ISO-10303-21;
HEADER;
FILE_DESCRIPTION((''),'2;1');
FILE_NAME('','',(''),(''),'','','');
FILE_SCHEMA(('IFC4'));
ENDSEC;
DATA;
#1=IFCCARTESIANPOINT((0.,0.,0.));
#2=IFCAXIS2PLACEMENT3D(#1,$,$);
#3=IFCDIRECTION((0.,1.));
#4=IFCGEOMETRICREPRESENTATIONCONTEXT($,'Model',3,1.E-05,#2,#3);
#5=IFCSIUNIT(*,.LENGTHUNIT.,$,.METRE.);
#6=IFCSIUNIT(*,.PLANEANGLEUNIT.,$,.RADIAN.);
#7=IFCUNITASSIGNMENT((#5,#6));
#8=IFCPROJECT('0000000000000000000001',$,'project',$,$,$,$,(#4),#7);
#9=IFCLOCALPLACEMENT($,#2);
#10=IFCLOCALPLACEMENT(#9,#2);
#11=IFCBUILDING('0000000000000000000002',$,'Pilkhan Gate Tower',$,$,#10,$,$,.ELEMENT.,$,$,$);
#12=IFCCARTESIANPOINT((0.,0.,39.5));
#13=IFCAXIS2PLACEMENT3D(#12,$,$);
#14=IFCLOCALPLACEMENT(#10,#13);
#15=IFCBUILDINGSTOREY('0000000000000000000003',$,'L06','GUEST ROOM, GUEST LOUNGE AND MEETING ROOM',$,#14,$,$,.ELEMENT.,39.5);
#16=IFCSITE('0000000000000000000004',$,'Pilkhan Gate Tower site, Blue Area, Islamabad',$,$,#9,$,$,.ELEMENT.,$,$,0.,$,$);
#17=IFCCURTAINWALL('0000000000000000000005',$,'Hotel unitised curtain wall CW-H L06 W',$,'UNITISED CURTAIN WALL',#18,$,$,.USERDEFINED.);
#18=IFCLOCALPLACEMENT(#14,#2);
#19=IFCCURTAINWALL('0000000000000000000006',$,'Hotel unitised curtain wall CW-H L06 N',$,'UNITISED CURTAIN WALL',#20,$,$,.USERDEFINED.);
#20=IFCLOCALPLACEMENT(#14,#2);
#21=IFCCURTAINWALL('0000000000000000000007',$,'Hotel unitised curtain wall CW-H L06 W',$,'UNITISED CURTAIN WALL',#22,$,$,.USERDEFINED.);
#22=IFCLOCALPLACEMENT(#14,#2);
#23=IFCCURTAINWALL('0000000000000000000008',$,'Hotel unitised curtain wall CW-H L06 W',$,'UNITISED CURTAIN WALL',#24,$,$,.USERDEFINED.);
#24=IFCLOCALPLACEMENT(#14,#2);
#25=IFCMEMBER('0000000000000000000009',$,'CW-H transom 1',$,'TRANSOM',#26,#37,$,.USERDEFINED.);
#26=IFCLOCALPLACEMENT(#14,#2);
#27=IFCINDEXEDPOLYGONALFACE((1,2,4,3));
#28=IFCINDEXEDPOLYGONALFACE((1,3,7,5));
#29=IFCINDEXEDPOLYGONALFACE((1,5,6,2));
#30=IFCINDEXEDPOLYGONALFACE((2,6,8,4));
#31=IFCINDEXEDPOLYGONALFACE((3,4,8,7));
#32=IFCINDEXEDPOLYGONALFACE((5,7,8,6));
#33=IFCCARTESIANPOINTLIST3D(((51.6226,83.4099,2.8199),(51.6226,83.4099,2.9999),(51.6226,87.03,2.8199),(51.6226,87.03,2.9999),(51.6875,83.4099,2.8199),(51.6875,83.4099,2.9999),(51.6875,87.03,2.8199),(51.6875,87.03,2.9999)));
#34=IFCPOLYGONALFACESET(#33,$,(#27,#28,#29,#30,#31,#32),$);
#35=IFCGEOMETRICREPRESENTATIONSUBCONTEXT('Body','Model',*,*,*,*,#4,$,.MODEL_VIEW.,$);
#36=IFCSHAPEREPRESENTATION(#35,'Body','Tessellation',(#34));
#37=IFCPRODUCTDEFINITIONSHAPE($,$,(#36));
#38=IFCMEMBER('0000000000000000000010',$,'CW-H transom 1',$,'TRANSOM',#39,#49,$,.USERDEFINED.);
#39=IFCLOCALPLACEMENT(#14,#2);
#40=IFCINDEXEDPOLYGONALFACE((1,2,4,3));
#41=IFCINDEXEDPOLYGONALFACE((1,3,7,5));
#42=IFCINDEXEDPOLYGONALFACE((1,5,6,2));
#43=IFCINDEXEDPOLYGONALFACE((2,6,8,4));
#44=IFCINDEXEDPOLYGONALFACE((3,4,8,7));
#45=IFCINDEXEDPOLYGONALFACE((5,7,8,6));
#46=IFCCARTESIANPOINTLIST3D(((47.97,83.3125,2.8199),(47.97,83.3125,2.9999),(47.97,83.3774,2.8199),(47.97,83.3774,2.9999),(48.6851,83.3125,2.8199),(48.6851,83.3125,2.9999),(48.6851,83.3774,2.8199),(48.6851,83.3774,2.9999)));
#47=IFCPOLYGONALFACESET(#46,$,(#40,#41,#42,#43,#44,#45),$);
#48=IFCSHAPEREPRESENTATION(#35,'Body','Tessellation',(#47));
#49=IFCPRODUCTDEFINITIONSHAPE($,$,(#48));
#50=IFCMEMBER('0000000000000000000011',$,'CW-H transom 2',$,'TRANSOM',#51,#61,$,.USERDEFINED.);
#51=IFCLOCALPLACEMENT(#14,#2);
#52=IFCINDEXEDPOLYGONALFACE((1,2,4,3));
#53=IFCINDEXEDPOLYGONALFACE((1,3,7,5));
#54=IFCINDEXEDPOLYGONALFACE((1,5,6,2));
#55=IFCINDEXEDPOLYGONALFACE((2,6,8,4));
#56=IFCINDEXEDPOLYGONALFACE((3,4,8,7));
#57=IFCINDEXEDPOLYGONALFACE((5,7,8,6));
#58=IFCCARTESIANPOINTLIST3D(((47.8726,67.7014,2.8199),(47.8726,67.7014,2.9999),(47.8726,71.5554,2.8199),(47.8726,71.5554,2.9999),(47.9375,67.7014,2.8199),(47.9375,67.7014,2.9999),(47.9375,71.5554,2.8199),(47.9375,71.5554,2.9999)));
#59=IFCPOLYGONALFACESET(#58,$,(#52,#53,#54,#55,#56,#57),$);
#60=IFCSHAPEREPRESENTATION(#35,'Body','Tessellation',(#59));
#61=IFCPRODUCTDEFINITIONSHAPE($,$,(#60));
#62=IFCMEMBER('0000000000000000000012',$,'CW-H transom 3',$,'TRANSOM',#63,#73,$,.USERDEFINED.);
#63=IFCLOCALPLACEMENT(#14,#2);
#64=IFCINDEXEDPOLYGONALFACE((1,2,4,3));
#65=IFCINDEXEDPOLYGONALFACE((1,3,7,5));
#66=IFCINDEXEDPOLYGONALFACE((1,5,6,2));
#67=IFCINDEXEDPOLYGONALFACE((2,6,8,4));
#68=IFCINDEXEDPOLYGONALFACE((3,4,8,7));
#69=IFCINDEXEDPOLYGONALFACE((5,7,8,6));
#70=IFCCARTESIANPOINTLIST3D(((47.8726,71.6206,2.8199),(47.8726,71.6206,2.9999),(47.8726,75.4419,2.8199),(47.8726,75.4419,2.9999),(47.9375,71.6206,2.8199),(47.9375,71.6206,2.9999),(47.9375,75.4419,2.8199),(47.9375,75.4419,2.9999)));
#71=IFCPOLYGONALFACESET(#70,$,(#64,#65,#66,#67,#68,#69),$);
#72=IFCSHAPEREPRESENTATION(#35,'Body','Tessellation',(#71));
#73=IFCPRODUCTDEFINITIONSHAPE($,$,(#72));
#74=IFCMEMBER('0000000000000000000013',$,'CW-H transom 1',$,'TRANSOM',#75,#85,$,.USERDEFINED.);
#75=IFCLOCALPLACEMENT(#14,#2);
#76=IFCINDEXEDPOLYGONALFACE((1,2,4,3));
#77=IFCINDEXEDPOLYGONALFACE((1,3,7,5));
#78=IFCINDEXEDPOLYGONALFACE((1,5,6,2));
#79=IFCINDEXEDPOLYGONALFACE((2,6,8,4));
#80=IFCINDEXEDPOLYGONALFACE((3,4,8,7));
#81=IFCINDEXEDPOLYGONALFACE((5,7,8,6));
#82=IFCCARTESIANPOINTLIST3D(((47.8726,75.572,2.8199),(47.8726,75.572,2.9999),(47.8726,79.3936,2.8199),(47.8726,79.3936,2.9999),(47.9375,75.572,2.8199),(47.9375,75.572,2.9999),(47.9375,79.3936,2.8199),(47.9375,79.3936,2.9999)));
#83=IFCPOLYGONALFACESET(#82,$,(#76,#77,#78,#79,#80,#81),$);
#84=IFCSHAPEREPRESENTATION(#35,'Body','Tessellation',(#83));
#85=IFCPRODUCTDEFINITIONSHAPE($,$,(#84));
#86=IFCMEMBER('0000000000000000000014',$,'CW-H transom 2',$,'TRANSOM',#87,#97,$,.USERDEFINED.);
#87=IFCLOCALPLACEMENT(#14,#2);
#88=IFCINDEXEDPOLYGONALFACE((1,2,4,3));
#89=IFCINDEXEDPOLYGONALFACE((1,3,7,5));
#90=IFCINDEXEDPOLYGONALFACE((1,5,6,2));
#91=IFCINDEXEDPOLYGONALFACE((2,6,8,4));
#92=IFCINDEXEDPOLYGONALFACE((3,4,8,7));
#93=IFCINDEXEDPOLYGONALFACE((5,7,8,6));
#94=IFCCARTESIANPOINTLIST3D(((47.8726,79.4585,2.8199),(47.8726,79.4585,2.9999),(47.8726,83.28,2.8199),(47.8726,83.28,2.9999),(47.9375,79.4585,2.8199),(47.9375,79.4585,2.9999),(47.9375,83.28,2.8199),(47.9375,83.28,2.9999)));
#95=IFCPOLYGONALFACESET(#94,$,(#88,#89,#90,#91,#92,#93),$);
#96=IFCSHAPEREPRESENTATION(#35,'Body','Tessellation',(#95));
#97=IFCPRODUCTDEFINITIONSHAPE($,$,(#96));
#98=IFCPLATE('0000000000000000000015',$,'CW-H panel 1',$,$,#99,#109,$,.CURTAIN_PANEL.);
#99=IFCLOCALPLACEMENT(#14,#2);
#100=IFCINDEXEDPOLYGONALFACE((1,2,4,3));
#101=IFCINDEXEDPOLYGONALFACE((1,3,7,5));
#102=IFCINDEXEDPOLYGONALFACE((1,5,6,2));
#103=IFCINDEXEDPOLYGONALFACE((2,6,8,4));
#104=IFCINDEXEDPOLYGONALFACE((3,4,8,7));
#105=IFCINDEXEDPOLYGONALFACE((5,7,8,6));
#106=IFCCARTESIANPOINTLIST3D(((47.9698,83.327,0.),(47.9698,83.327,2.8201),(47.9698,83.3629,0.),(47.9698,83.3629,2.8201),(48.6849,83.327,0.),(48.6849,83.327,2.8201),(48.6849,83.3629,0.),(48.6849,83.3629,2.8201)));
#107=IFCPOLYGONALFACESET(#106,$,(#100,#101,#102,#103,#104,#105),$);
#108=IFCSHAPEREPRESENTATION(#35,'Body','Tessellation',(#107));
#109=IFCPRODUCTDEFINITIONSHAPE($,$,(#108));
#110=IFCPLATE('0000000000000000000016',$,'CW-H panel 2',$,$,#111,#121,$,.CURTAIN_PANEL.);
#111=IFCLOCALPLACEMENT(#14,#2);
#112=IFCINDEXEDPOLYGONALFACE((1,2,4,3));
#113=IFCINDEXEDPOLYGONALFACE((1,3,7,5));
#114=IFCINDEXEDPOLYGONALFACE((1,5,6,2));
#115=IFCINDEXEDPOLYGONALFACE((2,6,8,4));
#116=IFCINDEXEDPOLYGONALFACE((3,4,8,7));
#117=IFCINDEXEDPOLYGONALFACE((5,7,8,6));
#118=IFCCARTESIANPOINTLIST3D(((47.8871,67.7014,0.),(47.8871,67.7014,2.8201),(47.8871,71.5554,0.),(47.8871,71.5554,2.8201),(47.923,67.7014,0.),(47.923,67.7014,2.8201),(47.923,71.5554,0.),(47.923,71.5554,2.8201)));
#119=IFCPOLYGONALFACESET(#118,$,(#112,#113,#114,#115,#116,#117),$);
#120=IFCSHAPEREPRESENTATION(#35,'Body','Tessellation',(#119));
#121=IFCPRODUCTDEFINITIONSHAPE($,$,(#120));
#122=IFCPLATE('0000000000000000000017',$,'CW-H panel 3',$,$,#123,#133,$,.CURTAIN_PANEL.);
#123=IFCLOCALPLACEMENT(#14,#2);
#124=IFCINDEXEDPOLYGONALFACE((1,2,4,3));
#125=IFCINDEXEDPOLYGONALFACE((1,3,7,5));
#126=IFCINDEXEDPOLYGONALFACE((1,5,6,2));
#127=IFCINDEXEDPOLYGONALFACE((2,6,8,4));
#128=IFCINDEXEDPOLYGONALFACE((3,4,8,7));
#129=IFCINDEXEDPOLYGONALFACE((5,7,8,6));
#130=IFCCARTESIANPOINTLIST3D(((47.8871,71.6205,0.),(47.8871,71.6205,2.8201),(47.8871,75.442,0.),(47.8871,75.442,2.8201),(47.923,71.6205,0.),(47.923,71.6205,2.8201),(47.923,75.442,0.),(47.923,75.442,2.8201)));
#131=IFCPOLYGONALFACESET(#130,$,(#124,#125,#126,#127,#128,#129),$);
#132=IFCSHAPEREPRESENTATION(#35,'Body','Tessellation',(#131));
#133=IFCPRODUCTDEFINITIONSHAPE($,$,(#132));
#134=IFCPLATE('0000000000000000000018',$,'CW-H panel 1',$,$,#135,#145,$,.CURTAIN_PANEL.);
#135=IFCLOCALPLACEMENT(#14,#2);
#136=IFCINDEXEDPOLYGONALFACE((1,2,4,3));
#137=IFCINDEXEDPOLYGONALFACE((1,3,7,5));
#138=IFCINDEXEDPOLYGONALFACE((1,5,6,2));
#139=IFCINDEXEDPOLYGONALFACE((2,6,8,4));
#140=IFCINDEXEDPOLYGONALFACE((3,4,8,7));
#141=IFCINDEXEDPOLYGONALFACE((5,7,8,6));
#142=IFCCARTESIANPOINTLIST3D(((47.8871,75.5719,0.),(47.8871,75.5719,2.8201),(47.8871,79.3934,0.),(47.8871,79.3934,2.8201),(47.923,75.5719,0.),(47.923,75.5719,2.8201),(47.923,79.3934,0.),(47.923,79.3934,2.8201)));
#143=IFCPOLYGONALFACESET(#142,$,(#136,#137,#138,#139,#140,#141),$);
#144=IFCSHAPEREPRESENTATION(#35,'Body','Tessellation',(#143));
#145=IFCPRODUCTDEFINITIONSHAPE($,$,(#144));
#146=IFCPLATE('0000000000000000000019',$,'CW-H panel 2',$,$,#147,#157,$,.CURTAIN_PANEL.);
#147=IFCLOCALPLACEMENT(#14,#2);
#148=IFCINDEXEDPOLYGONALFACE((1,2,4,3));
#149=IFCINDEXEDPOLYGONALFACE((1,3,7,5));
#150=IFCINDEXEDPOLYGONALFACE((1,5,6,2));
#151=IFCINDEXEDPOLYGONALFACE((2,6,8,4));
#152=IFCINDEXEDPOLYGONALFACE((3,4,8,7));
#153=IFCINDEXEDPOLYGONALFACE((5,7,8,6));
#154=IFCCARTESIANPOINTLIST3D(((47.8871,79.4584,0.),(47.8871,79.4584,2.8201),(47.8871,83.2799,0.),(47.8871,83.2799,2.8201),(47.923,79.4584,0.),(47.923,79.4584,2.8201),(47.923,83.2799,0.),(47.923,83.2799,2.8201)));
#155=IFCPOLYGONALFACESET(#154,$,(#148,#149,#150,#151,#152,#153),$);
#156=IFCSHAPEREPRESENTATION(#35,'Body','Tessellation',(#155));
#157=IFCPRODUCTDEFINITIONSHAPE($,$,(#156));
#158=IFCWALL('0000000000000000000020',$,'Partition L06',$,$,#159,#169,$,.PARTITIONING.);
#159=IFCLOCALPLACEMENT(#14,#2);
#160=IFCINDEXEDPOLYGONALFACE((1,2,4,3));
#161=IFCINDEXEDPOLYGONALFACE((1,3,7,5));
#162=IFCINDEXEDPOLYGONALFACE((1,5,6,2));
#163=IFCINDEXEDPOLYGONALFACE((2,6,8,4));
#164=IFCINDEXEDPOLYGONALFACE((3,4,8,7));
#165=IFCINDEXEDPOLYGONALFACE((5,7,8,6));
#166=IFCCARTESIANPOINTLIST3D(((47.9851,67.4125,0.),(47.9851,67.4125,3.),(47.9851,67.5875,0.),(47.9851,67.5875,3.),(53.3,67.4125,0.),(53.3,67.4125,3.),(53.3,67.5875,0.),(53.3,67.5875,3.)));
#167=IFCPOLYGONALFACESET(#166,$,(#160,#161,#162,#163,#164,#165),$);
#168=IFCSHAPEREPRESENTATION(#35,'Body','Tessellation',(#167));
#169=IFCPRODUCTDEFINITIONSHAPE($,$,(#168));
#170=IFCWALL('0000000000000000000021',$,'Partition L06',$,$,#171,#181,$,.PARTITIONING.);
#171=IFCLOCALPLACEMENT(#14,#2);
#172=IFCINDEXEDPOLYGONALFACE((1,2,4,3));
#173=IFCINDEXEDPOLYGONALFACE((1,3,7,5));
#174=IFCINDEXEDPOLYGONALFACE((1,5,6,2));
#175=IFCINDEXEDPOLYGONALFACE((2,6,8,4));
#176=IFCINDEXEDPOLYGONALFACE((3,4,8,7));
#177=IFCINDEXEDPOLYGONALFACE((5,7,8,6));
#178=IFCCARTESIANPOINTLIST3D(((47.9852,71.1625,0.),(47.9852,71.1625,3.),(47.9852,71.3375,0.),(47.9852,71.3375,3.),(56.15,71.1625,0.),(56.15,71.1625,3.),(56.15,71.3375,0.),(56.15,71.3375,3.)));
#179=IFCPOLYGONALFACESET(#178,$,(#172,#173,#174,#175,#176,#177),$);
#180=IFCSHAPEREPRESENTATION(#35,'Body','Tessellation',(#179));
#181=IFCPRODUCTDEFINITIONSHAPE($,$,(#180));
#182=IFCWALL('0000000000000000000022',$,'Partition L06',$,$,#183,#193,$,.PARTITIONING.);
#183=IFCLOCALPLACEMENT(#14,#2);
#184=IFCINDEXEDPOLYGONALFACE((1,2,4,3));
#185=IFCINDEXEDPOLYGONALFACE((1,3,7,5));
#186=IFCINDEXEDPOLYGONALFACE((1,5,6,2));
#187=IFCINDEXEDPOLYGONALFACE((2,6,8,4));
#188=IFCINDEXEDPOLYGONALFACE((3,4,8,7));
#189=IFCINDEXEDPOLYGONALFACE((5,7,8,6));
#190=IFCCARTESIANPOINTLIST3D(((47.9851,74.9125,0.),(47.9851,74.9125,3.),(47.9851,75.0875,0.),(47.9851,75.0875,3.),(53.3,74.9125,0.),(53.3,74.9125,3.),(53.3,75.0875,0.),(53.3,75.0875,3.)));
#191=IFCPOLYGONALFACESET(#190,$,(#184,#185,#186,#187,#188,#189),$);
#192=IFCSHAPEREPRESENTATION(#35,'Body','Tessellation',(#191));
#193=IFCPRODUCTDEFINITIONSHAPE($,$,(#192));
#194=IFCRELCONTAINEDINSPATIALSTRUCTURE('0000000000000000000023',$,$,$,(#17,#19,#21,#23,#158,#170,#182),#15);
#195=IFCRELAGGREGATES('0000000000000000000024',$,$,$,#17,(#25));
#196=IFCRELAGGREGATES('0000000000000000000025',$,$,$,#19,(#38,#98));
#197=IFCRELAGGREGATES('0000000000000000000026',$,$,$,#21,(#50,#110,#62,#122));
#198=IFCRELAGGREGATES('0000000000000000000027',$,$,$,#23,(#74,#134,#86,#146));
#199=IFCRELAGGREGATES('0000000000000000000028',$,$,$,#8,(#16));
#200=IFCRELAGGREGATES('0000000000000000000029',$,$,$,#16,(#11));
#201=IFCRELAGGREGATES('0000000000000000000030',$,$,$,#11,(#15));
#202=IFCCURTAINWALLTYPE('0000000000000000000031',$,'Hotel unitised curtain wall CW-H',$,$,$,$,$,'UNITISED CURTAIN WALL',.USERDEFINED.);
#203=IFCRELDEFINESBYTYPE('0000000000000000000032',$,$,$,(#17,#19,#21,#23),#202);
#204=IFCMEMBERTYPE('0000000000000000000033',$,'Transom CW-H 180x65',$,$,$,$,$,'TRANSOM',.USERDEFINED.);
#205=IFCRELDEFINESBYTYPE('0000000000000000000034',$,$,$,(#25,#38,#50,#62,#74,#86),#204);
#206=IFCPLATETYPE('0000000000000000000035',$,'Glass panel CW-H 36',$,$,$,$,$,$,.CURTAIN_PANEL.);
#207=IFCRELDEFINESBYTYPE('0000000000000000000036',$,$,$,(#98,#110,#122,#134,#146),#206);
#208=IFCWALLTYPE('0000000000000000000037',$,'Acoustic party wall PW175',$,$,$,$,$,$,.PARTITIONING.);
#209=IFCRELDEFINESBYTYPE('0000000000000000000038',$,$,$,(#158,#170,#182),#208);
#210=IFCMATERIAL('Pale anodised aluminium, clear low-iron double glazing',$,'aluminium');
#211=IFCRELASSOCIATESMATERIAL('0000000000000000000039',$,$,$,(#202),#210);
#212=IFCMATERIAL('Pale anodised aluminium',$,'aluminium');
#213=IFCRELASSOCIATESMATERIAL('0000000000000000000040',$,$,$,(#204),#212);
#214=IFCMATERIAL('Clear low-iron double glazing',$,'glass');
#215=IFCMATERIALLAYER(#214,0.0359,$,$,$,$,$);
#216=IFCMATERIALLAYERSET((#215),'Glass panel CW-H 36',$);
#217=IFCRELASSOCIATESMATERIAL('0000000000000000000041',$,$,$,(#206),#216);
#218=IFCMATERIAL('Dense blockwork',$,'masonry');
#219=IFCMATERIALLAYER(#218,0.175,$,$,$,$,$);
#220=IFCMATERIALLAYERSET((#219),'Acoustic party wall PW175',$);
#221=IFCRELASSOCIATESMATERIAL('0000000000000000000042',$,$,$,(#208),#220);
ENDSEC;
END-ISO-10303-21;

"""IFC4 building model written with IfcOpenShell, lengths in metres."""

from ifc_helpers import new_model, si_unit, direction, frame, frame_2d, origin, origin_2d, place, context, subcontext, project, spatial, rectangle, extrude, material, layer, layer_set, material_profile, profile_set, type_object, element, aggregate, save


model = new_model("IFC4")

# Units and contexts
model_context = context("Model", 3, precision=1e-05, world=origin(), true_north=direction((0.0, 1.0)))
body_context = subcontext(model_context, "Body", "Model", "MODEL_VIEW")
ifc_project = project(units=[si_unit("LENGTHUNIT", "METRE"), si_unit("PLANEANGLEUNIT", "RADIAN")], contexts=[model_context])

# Site, building, storey
site_placement = place(None, origin())
site = spatial("IfcSite", under=ifc_project, at=site_placement, Name="Pilkhan Gate Tower site, Blue Area, Islamabad", CompositionType="ELEMENT", RefElevation=0.0)
building_placement = place(site_placement, origin())
building = spatial("IfcBuilding", under=site, at=building_placement, Name="Pilkhan Gate Tower", CompositionType="ELEMENT")
storey_placement = place(building_placement, frame((0.0, 0.0, 39.5)))
storey = spatial("IfcBuildingStorey", under=building, at=storey_placement, Name="L06", Description="GUEST ROOM, GUEST LOUNGE AND MEETING ROOM", CompositionType="ELEMENT", Elevation=39.5)

# Curtain wall
ifc_material_1 = material(Name="Pale anodised aluminium, clear low-iron double glazing", Category="aluminium")
curtain_wall_type = type_object("IfcCurtainWallType", Name="Hotel unitised curtain wall CW-H", ElementType="UNITISED CURTAIN WALL", PredefinedType="USERDEFINED", material=ifc_material_1)
curtain_wall_1_placement = place(storey_placement, origin())
curtain_wall_1 = element("IfcCurtainWall", 1, at=curtain_wall_1_placement, inside=storey, type_object=curtain_wall_type, Name="Hotel unitised curtain wall CW-H L06 W", ObjectType="UNITISED CURTAIN WALL", PredefinedType="USERDEFINED")
ifc_material_2 = material(Name="Pale anodised aluminium", Category="aluminium")

# Curtain walls
curtain_wall_2_placement = place(storey_placement, origin())
curtain_wall_2 = element("IfcCurtainWall", 2, at=curtain_wall_2_placement, inside=storey, type_object=curtain_wall_type, Name="Hotel unitised curtain wall CW-H L06 N", ObjectType="UNITISED CURTAIN WALL", PredefinedType="USERDEFINED")
curtain_wall_3_placement = place(storey_placement, origin())
curtain_wall_3 = element("IfcCurtainWall", 3, at=curtain_wall_3_placement, inside=storey, type_object=curtain_wall_type, Name="Hotel unitised curtain wall CW-H L06 W", ObjectType="UNITISED CURTAIN WALL", PredefinedType="USERDEFINED")
curtain_wall_4_placement = place(storey_placement, origin())
curtain_wall_4 = element("IfcCurtainWall", 4, at=curtain_wall_4_placement, inside=storey, type_object=curtain_wall_type, Name="Hotel unitised curtain wall CW-H L06 W", ObjectType="UNITISED CURTAIN WALL", PredefinedType="USERDEFINED")

# Members
ifc_material_profile_1 = material_profile(ifc_material_2, rectangle(XDim=0.0649, YDim=0.1799, at=origin_2d()), Name="Transom 180x65")
ifc_profile_set_1 = profile_set([ifc_material_profile_1], Name="Pale anodised aluminium")
member_type_1 = type_object("IfcMemberType", Name="Transom CW-H 180x65", ElementType="TRANSOM", PredefinedType="USERDEFINED", material=ifc_profile_set_1)
member_1_placement = place(storey_placement, frame((51.655, 83.4099, 2.9099), z_axis=(0.0, 1.0, 0.0), x_axis=(-1.0, 0.0, 0.0)))
member_1 = element("IfcMember", 5, at=member_1_placement, type_object=member_type_1, Name="CW-H transom 1", ObjectType="TRANSOM", PredefinedType="USERDEFINED", context=body_context, shape_type="SweptSolid", body=[
    extrude(rectangle(XDim=0.0649, YDim=0.1799, at=origin_2d()), origin(), (0.0, 0.0, 1.0), 3.6201),
])
aggregate(curtain_wall_1, [member_1])
member_2_placement = place(storey_placement, frame((47.97, 83.345, 2.9099), z_axis=(1.0, 0.0, 0.0), x_axis=(0.0, 1.0, 0.0)))
member_2 = element("IfcMember", 6, at=member_2_placement, type_object=member_type_1, Name="CW-H transom 1", ObjectType="TRANSOM", PredefinedType="USERDEFINED", context=body_context, shape_type="SweptSolid", body=[
    extrude(rectangle(XDim=0.0649, YDim=0.1799, at=origin_2d()), origin(), (0.0, 0.0, 1.0), 0.7151),
])
member_3_placement = place(storey_placement, frame((47.905, 67.7014, 2.9099), z_axis=(0.0, 1.0, 0.0), x_axis=(-1.0, 0.0, 0.0)))
member_3 = element("IfcMember", 7, at=member_3_placement, type_object=member_type_1, Name="CW-H transom 2", ObjectType="TRANSOM", PredefinedType="USERDEFINED", context=body_context, shape_type="SweptSolid", body=[
    extrude(rectangle(XDim=0.0649, YDim=0.1799, at=origin_2d()), origin(), (0.0, 0.0, 1.0), 3.854),
])
member_4_placement = place(storey_placement, frame((47.905, 71.6206, 2.9099), z_axis=(0.0, 1.0, 0.0), x_axis=(-1.0, 0.0, 0.0)))
member_4 = element("IfcMember", 8, at=member_4_placement, type_object=member_type_1, Name="CW-H transom 3", ObjectType="TRANSOM", PredefinedType="USERDEFINED", context=body_context, shape_type="SweptSolid", body=[
    extrude(rectangle(XDim=0.0649, YDim=0.1799, at=origin_2d()), origin(), (0.0, 0.0, 1.0), 3.8213),
])
member_5_placement = place(storey_placement, frame((47.905, 75.572, 2.9099), z_axis=(0.0, 1.0, 0.0), x_axis=(-1.0, 0.0, 0.0)))
member_5 = element("IfcMember", 9, at=member_5_placement, type_object=member_type_1, Name="CW-H transom 1", ObjectType="TRANSOM", PredefinedType="USERDEFINED", context=body_context, shape_type="SweptSolid", body=[
    extrude(rectangle(XDim=0.0649, YDim=0.1799, at=origin_2d()), origin(), (0.0, 0.0, 1.0), 3.8215),
])
member_6_placement = place(storey_placement, frame((47.905, 79.4585, 2.9099), z_axis=(0.0, 1.0, 0.0), x_axis=(-1.0, 0.0, 0.0)))
member_6 = element("IfcMember", 10, at=member_6_placement, type_object=member_type_1, Name="CW-H transom 2", ObjectType="TRANSOM", PredefinedType="USERDEFINED", context=body_context, shape_type="SweptSolid", body=[
    extrude(rectangle(XDim=0.0649, YDim=0.1799, at=origin_2d()), origin(), (0.0, 0.0, 1.0), 3.8215),
])

# Plates
ifc_material_3 = material(Name="Clear low-iron double glazing", Category="glass")
ifc_layer_1 = layer(ifc_material_3, 0.0359)
ifc_layer_set_1 = layer_set([ifc_layer_1], Name="Glass panel CW-H 36")
plate_type = type_object("IfcPlateType", Name="Glass panel CW-H 36", PredefinedType="CURTAIN_PANEL", material=ifc_layer_set_1)
plate_1_placement = place(storey_placement, frame((48.3274, 83.345, 0.0), z_axis=(0.0, 0.0, 1.0), x_axis=(1.0, 0.0, 0.0)))
plate_1 = element("IfcPlate", 11, at=plate_1_placement, type_object=plate_type, Name="CW-H panel 1", PredefinedType="CURTAIN_PANEL", context=body_context, shape_type="SweptSolid", body=[
    extrude(rectangle(XDim=0.7151, YDim=0.0359, at=origin_2d()), origin(), (0.0, 0.0, 1.0), 2.8201),
])
aggregate(curtain_wall_2, [member_2, plate_1])
plate_2_placement = place(storey_placement, frame((47.905, 69.6284, 0.0), z_axis=(0.0, 0.0, 1.0), x_axis=(0.0, 1.0, 0.0)))
plate_2 = element("IfcPlate", 12, at=plate_2_placement, type_object=plate_type, Name="CW-H panel 2", PredefinedType="CURTAIN_PANEL", context=body_context, shape_type="SweptSolid", body=[
    extrude(rectangle(XDim=3.854, YDim=0.0359, at=origin_2d()), origin(), (0.0, 0.0, 1.0), 2.8201),
])
plate_3_placement = place(storey_placement, frame((47.905, 73.5312, 0.0), z_axis=(0.0, 0.0, 1.0), x_axis=(0.0, 1.0, 0.0)))
plate_3 = element("IfcPlate", 13, at=plate_3_placement, type_object=plate_type, Name="CW-H panel 3", PredefinedType="CURTAIN_PANEL", context=body_context, shape_type="SweptSolid", body=[
    extrude(rectangle(XDim=3.8215, YDim=0.0359, at=origin_2d()), origin(), (0.0, 0.0, 1.0), 2.8201),
])
aggregate(curtain_wall_3, [member_3, plate_2, member_4, plate_3])
plate_4_placement = place(storey_placement, frame((47.905, 77.4827, 0.0), z_axis=(0.0, 0.0, 1.0), x_axis=(0.0, 1.0, 0.0)))
plate_4 = element("IfcPlate", 14, at=plate_4_placement, type_object=plate_type, Name="CW-H panel 1", PredefinedType="CURTAIN_PANEL", context=body_context, shape_type="SweptSolid", body=[
    extrude(rectangle(XDim=3.8215, YDim=0.0359, at=origin_2d()), origin(), (0.0, 0.0, 1.0), 2.8201),
])
plate_5_placement = place(storey_placement, frame((47.905, 81.3691, 0.0), z_axis=(0.0, 0.0, 1.0), x_axis=(0.0, 1.0, 0.0)))
plate_5 = element("IfcPlate", 15, at=plate_5_placement, type_object=plate_type, Name="CW-H panel 2", PredefinedType="CURTAIN_PANEL", context=body_context, shape_type="SweptSolid", body=[
    extrude(rectangle(XDim=3.8215, YDim=0.0359, at=origin_2d()), origin(), (0.0, 0.0, 1.0), 2.8201),
])
aggregate(curtain_wall_4, [member_5, plate_4, member_6, plate_5])

# Walls
ifc_material_4 = material(Name="Dense blockwork", Category="masonry")
ifc_layer_2 = layer(ifc_material_4, 0.175)
ifc_layer_set_2 = layer_set([ifc_layer_2], Name="Acoustic party wall PW175")
wall_type_1 = type_object("IfcWallType", Name="Acoustic party wall PW175", PredefinedType="PARTITIONING", material=ifc_layer_set_2)
wall_1_placement = place(storey_placement, frame((47.9851, 67.5, 0.0), z_axis=(0.0, 0.0, 1.0), x_axis=(1.0, 0.0, 0.0)))
element("IfcWall", 16, at=wall_1_placement, inside=storey, type_object=wall_type_1, Name="Partition L06", PredefinedType="PARTITIONING", context=body_context, shape_type="SweptSolid", body=[
    extrude(rectangle(XDim=5.3149, YDim=0.175, at=frame_2d((2.6575, 0.0))), origin(), (0.0, 0.0, 1.0), 3.0),
])
wall_2_placement = place(storey_placement, frame((47.9851, 71.25, 0.0), z_axis=(0.0, 0.0, 1.0), x_axis=(1.0, 0.0, 0.0)))
element("IfcWall", 17, at=wall_2_placement, inside=storey, type_object=wall_type_1, Name="Partition L06", PredefinedType="PARTITIONING", context=body_context, shape_type="SweptSolid", body=[
    extrude(rectangle(XDim=8.1648, YDim=0.175, at=frame_2d((4.0825, 0.0))), origin(), (0.0, 0.0, 1.0), 3.0),
])
wall_3_placement = place(storey_placement, frame((47.9851, 75.0, 0.0), z_axis=(0.0, 0.0, 1.0), x_axis=(1.0, 0.0, 0.0)))
element("IfcWall", 18, at=wall_3_placement, inside=storey, type_object=wall_type_1, Name="Partition L06", PredefinedType="PARTITIONING", context=body_context, shape_type="SweptSolid", body=[
    extrude(rectangle(XDim=5.3149, YDim=0.175, at=frame_2d((2.6575, 0.0))), origin(), (0.0, 0.0, 1.0), 3.0),
])

save(model, "model.ifc")
